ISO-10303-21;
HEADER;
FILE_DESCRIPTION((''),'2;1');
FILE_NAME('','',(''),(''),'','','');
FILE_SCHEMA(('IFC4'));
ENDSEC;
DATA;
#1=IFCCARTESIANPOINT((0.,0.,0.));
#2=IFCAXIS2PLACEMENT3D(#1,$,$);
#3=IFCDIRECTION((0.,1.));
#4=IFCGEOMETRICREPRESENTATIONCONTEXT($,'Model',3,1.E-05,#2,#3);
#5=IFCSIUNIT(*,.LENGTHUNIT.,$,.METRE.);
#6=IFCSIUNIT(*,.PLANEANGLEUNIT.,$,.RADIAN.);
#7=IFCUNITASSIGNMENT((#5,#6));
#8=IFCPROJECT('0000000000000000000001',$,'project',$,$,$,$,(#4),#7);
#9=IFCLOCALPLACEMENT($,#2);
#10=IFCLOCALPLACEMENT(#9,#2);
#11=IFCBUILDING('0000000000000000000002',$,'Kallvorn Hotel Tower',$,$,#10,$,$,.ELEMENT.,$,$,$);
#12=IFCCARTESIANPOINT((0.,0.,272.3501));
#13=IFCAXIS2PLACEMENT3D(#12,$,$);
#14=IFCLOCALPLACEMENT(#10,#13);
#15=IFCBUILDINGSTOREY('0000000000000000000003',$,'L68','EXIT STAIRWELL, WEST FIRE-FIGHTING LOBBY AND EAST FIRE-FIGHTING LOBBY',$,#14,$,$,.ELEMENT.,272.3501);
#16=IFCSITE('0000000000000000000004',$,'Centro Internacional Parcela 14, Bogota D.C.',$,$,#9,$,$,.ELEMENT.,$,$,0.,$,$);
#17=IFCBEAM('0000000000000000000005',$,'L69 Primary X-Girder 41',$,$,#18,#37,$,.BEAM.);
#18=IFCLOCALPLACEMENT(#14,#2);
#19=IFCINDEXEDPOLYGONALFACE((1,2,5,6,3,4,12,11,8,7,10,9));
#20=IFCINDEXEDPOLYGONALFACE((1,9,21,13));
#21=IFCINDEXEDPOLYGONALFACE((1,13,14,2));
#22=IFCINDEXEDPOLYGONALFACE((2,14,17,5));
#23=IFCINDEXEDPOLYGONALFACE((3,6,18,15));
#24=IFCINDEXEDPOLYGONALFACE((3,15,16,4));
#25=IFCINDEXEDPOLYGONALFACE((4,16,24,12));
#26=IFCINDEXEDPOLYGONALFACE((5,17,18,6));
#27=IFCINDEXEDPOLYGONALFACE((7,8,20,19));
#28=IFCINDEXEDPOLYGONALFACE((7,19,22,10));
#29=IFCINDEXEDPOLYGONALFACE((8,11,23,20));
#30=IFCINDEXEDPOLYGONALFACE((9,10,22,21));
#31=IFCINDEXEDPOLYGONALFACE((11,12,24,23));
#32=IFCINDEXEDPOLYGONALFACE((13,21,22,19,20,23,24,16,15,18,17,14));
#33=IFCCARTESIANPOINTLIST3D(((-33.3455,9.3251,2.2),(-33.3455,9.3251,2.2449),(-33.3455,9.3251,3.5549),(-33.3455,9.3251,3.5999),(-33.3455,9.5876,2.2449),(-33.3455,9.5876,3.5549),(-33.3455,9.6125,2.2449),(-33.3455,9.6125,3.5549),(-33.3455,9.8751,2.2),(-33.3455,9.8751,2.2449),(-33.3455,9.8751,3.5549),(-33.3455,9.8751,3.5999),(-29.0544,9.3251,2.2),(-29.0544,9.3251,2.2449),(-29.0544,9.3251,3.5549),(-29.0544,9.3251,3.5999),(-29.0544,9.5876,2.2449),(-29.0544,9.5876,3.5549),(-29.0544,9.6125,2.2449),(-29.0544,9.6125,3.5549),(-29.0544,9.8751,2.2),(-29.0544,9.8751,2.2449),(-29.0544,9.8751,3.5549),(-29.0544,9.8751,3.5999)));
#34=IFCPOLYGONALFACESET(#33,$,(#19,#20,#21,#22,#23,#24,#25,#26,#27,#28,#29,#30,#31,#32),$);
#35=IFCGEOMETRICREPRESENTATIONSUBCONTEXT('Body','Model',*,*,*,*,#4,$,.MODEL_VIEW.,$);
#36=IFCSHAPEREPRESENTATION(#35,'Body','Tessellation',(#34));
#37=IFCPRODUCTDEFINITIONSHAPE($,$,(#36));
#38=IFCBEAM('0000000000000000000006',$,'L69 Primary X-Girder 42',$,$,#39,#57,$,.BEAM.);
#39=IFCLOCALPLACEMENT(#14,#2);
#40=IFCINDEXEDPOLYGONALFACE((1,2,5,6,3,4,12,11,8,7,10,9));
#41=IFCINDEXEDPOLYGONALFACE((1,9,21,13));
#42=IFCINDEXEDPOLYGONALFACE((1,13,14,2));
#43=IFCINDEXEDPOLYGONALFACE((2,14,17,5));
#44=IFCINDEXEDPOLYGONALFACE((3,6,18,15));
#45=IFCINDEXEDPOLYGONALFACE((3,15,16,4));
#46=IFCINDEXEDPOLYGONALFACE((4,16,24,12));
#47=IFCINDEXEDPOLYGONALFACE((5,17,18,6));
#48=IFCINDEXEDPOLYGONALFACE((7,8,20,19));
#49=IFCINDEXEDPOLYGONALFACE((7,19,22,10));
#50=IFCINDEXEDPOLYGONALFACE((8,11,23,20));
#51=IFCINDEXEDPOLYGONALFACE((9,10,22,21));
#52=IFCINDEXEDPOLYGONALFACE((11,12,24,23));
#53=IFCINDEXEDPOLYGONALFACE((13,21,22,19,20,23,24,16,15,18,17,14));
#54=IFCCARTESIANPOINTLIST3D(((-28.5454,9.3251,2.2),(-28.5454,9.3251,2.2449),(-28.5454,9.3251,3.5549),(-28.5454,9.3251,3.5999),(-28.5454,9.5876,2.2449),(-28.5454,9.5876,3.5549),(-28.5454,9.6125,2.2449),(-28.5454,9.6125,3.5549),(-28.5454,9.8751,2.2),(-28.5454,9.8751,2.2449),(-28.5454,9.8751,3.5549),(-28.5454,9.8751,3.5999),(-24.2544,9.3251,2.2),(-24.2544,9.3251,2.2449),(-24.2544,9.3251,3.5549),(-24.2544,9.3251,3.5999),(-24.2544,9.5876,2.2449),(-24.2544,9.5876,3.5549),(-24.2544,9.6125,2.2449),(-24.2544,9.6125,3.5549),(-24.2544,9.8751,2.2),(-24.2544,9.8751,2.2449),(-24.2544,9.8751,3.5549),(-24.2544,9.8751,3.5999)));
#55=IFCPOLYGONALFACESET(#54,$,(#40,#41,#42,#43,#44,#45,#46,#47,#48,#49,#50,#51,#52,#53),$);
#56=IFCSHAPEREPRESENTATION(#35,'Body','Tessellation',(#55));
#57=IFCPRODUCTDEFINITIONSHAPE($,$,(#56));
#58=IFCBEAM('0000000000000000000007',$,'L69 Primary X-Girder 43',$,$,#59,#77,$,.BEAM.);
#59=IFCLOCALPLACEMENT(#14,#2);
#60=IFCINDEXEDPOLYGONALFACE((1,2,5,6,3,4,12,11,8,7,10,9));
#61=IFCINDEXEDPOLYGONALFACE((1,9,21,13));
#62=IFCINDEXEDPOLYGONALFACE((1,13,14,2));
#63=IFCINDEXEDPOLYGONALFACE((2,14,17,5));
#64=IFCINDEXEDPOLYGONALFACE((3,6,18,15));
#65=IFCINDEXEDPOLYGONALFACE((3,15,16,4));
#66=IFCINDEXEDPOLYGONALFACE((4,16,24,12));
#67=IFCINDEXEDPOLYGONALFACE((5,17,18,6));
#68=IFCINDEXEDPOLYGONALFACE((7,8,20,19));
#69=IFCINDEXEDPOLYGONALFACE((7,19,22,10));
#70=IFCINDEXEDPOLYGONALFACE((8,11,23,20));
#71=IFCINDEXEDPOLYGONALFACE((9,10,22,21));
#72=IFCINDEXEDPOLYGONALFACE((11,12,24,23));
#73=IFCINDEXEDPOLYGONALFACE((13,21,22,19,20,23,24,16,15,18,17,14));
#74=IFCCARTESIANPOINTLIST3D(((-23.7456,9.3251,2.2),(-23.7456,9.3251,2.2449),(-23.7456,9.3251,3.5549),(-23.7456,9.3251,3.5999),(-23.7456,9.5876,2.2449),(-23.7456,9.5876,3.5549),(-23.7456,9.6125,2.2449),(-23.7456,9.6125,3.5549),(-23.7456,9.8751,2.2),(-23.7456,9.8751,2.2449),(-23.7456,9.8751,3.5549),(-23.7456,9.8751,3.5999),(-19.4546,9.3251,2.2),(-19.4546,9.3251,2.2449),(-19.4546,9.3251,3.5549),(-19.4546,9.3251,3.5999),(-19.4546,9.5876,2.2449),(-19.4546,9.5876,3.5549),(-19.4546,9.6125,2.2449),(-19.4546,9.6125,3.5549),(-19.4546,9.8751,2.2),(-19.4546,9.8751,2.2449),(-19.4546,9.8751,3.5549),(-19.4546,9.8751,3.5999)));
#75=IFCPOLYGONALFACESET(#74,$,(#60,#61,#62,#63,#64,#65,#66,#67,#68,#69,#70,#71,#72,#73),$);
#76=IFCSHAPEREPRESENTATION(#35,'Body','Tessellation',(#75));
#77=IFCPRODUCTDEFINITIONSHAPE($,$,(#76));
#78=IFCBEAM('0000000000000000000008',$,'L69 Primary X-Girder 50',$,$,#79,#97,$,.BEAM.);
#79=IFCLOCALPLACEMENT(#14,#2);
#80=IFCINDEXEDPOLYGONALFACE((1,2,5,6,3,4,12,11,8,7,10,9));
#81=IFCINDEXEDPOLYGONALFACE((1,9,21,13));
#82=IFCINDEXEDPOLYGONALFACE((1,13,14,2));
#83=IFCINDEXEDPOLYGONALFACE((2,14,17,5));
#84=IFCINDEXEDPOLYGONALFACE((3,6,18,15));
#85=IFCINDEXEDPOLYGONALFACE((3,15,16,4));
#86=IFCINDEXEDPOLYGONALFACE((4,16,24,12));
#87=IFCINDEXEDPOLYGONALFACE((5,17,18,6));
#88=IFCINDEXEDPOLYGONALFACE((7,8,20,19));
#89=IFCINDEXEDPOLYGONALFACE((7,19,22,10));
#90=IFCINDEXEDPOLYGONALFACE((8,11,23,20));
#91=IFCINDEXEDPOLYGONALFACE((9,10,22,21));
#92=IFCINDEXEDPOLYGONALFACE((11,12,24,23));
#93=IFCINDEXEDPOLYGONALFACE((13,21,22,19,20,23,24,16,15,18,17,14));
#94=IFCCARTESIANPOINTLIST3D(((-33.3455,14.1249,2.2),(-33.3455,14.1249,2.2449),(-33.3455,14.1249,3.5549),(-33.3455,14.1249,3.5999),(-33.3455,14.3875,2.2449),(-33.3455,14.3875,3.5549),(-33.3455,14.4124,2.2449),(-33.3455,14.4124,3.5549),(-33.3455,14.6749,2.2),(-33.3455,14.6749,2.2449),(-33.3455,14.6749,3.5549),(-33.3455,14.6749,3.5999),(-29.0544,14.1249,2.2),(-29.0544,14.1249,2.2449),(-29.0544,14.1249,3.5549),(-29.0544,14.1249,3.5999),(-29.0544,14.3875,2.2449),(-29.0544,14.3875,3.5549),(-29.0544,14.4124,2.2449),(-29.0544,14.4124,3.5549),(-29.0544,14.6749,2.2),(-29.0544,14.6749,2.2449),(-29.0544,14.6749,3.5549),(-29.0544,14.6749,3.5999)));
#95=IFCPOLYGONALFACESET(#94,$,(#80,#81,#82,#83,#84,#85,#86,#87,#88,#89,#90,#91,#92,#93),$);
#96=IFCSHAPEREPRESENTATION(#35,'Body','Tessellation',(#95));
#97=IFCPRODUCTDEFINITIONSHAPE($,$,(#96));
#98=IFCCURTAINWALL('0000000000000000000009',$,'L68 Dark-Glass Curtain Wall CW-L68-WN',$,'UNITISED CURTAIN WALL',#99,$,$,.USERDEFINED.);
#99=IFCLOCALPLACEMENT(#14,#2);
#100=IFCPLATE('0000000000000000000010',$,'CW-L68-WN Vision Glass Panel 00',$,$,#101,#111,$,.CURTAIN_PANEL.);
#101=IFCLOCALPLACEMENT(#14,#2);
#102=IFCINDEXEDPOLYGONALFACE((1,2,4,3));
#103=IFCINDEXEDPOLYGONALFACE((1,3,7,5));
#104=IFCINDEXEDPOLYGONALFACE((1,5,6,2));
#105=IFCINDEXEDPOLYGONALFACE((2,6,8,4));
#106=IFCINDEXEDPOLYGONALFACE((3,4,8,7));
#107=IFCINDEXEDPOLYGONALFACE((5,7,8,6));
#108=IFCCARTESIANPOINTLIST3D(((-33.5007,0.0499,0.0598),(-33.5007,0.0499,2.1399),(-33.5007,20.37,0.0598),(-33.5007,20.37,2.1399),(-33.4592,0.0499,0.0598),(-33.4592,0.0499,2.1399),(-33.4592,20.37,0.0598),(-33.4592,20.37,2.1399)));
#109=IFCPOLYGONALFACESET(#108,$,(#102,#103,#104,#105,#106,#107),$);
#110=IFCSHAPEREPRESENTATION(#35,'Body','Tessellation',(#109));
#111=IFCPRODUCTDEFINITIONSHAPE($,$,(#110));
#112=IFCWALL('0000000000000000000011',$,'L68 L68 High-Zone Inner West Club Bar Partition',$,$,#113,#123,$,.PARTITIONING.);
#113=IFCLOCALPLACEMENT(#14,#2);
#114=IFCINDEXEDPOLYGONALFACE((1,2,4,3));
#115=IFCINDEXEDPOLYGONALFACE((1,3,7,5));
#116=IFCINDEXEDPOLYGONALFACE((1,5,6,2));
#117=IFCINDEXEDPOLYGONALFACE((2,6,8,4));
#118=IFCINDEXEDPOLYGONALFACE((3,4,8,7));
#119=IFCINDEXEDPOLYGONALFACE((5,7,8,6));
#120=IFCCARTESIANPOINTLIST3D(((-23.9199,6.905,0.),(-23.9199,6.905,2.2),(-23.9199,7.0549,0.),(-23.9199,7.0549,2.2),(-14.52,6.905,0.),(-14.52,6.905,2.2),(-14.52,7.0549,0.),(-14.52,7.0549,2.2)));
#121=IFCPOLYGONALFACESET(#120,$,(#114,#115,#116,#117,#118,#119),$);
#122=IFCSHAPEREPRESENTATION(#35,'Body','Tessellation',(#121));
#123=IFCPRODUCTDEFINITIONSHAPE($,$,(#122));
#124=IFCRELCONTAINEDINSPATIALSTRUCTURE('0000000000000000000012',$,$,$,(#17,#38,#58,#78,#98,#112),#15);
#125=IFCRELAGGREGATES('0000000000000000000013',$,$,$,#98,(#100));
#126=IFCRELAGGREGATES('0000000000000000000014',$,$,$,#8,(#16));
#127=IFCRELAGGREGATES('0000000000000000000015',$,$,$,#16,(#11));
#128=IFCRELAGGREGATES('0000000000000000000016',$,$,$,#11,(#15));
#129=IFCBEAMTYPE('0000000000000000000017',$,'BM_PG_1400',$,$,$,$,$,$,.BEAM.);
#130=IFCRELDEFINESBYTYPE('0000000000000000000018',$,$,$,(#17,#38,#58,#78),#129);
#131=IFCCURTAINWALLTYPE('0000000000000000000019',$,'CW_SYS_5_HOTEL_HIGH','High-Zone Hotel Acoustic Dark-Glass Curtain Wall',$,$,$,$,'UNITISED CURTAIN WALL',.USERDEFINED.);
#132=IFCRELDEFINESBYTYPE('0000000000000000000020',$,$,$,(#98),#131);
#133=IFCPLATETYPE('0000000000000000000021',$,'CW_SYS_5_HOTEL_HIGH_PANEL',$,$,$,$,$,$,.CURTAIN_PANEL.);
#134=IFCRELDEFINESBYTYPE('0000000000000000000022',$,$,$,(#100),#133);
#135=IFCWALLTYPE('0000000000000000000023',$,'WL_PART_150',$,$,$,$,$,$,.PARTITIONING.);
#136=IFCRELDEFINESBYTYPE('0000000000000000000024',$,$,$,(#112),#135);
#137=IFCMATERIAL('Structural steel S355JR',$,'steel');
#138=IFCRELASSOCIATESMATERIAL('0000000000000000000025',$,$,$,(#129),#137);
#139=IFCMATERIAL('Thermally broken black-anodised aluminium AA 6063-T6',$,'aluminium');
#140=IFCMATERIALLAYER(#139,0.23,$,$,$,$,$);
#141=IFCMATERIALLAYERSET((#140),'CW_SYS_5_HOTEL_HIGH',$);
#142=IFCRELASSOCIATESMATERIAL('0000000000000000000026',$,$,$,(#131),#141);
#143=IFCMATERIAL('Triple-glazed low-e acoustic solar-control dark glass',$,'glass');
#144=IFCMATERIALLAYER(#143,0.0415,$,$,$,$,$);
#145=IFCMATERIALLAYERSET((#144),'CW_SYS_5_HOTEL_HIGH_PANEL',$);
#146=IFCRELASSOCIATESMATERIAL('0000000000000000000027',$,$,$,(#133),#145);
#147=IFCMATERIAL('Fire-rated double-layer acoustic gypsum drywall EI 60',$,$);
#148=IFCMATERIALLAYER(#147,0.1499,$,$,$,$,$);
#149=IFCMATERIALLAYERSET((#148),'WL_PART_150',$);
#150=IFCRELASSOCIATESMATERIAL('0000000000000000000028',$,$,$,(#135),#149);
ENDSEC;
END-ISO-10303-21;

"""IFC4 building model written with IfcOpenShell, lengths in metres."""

from ifc_helpers import new_model, si_unit, direction, frame, frame_2d, origin, origin_2d, place, context, subcontext, project, spatial, rectangle, i_section, extrude, material, layer, layer_set, material_profile, profile_set, type_object, element, aggregate, save


model = new_model("IFC4")

# Units and contexts
model_context = context("Model", 3, precision=1e-05, world=origin(), true_north=direction((0.0, 1.0)))
body_context = subcontext(model_context, "Body", "Model", "MODEL_VIEW")
ifc_project = project(units=[si_unit("LENGTHUNIT", "METRE"), si_unit("PLANEANGLEUNIT", "RADIAN")], contexts=[model_context])

# Site, building, storey
site_placement = place(None, origin())
site = spatial("IfcSite", under=ifc_project, at=site_placement, Name="Centro Internacional Parcela 14, Bogota D.C.", CompositionType="ELEMENT", RefElevation=0.0)
building_placement = place(site_placement, origin())
building = spatial("IfcBuilding", under=site, at=building_placement, Name="Kallvorn Hotel Tower", CompositionType="ELEMENT")
storey_placement = place(building_placement, frame((0.0, 0.0, 272.3501)))
storey = spatial("IfcBuildingStorey", under=building, at=storey_placement, Name="L68", Description="EXIT STAIRWELL, WEST FIRE-FIGHTING LOBBY AND EAST FIRE-FIGHTING LOBBY", CompositionType="ELEMENT", Elevation=272.3501)

# Beams
ifc_material_1 = material(Name="Structural steel S355JR", Category="steel")
ifc_material_profile_1 = material_profile(ifc_material_1, i_section(OverallWidth=0.55, OverallDepth=1.3999, WebThickness=0.0249, FlangeThickness=0.0449, at=origin_2d()), Name="PG 1400x550x25x45")
ifc_profile_set_1 = profile_set([ifc_material_profile_1], Name="Structural steel S355JR")
beam_type_1 = type_object("IfcBeamType", Name="BM_PG_1400", PredefinedType="BEAM", material=ifc_profile_set_1)
for number, where, z_axis, x_axis, name in (
    (1, (-33.3455, 9.6001, 2.8999), (1.0, 0.0, 0.0), (0.0, 1.0, 0.0), "L69 Primary X-Girder 41"),
    (2, (-28.5454, 9.6001, 2.8999), (1.0, 0.0, 0.0), (0.0, 1.0, 0.0), "L69 Primary X-Girder 42"),
    (3, (-23.7456, 9.6001, 2.8999), (1.0, 0.0, 0.0), (0.0, 1.0, 0.0), "L69 Primary X-Girder 43"),
    (4, (-33.3455, 14.3999, 2.8999), (1.0, 0.0, 0.0), (0.0, 1.0, 0.0), "L69 Primary X-Girder 50"),
):
    element("IfcBeam", number, at=place(storey_placement, frame(where, z_axis=z_axis, x_axis=x_axis)), inside=storey, type_object=beam_type_1, Name=name, PredefinedType="BEAM", context=body_context, shape_type="SweptSolid", body=[
        extrude(i_section(OverallWidth=0.55, OverallDepth=1.3999, WebThickness=0.0249, FlangeThickness=0.0449, at=origin_2d()), origin(), (0.0, 0.0, 1.0), 4.291),
    ])

# Curtain wall, plate
ifc_material_2 = material(Name="Thermally broken black-anodised aluminium AA 6063-T6", Category="aluminium")
ifc_layer_1 = layer(ifc_material_2, 0.23)
ifc_layer_set_1 = layer_set([ifc_layer_1], Name="CW_SYS_5_HOTEL_HIGH")
curtain_wall_type = type_object("IfcCurtainWallType", Name="CW_SYS_5_HOTEL_HIGH", Description="High-Zone Hotel Acoustic Dark-Glass Curtain Wall", ElementType="UNITISED CURTAIN WALL", PredefinedType="USERDEFINED", material=ifc_layer_set_1)
curtain_wall_placement = place(storey_placement, origin())
curtain_wall = element("IfcCurtainWall", 5, at=curtain_wall_placement, inside=storey, type_object=curtain_wall_type, Name="L68 Dark-Glass Curtain Wall CW-L68-WN", ObjectType="UNITISED CURTAIN WALL", PredefinedType="USERDEFINED")
ifc_material_3 = material(Name="Triple-glazed low-e acoustic solar-control dark glass", Category="glass")
ifc_layer_2 = layer(ifc_material_3, 0.0415)
ifc_layer_set_2 = layer_set([ifc_layer_2], Name="CW_SYS_5_HOTEL_HIGH_PANEL")
plate_type = type_object("IfcPlateType", Name="CW_SYS_5_HOTEL_HIGH_PANEL", PredefinedType="CURTAIN_PANEL", material=ifc_layer_set_2)
plate_placement = place(storey_placement, frame((-33.48, 10.21, 0.0598), z_axis=(0.0, 0.0, 1.0), x_axis=(0.0, 1.0, 0.0)))
plate = element("IfcPlate", 6, at=plate_placement, type_object=plate_type, Name="CW-L68-WN Vision Glass Panel 00", PredefinedType="CURTAIN_PANEL", context=body_context, shape_type="SweptSolid", body=[
    extrude(rectangle(XDim=20.3201, YDim=0.0415, at=origin_2d()), origin(), (0.0, 0.0, 1.0), 2.0801),
])
aggregate(curtain_wall, [plate])

# Wall
ifc_material_4 = material(Name="Fire-rated double-layer acoustic gypsum drywall EI 60")
ifc_layer_3 = layer(ifc_material_4, 0.1499)
ifc_layer_set_3 = layer_set([ifc_layer_3], Name="WL_PART_150")
wall_type = type_object("IfcWallType", Name="WL_PART_150", PredefinedType="PARTITIONING", material=ifc_layer_set_3)
wall_1_placement = place(storey_placement, frame((-23.9199, 6.98, 0.0), z_axis=(0.0, 0.0, 1.0), x_axis=(1.0, 0.0, 0.0)))
element("IfcWall", 7, at=wall_1_placement, inside=storey, type_object=wall_type, Name="L68 L68 High-Zone Inner West Club Bar Partition", PredefinedType="PARTITIONING", context=body_context, shape_type="SweptSolid", body=[
    extrude(rectangle(XDim=9.3999, YDim=0.1499, at=frame_2d((4.7, 0.0))), origin(), (0.0, 0.0, 1.0), 2.2),
])

save(model, "model.ifc")
